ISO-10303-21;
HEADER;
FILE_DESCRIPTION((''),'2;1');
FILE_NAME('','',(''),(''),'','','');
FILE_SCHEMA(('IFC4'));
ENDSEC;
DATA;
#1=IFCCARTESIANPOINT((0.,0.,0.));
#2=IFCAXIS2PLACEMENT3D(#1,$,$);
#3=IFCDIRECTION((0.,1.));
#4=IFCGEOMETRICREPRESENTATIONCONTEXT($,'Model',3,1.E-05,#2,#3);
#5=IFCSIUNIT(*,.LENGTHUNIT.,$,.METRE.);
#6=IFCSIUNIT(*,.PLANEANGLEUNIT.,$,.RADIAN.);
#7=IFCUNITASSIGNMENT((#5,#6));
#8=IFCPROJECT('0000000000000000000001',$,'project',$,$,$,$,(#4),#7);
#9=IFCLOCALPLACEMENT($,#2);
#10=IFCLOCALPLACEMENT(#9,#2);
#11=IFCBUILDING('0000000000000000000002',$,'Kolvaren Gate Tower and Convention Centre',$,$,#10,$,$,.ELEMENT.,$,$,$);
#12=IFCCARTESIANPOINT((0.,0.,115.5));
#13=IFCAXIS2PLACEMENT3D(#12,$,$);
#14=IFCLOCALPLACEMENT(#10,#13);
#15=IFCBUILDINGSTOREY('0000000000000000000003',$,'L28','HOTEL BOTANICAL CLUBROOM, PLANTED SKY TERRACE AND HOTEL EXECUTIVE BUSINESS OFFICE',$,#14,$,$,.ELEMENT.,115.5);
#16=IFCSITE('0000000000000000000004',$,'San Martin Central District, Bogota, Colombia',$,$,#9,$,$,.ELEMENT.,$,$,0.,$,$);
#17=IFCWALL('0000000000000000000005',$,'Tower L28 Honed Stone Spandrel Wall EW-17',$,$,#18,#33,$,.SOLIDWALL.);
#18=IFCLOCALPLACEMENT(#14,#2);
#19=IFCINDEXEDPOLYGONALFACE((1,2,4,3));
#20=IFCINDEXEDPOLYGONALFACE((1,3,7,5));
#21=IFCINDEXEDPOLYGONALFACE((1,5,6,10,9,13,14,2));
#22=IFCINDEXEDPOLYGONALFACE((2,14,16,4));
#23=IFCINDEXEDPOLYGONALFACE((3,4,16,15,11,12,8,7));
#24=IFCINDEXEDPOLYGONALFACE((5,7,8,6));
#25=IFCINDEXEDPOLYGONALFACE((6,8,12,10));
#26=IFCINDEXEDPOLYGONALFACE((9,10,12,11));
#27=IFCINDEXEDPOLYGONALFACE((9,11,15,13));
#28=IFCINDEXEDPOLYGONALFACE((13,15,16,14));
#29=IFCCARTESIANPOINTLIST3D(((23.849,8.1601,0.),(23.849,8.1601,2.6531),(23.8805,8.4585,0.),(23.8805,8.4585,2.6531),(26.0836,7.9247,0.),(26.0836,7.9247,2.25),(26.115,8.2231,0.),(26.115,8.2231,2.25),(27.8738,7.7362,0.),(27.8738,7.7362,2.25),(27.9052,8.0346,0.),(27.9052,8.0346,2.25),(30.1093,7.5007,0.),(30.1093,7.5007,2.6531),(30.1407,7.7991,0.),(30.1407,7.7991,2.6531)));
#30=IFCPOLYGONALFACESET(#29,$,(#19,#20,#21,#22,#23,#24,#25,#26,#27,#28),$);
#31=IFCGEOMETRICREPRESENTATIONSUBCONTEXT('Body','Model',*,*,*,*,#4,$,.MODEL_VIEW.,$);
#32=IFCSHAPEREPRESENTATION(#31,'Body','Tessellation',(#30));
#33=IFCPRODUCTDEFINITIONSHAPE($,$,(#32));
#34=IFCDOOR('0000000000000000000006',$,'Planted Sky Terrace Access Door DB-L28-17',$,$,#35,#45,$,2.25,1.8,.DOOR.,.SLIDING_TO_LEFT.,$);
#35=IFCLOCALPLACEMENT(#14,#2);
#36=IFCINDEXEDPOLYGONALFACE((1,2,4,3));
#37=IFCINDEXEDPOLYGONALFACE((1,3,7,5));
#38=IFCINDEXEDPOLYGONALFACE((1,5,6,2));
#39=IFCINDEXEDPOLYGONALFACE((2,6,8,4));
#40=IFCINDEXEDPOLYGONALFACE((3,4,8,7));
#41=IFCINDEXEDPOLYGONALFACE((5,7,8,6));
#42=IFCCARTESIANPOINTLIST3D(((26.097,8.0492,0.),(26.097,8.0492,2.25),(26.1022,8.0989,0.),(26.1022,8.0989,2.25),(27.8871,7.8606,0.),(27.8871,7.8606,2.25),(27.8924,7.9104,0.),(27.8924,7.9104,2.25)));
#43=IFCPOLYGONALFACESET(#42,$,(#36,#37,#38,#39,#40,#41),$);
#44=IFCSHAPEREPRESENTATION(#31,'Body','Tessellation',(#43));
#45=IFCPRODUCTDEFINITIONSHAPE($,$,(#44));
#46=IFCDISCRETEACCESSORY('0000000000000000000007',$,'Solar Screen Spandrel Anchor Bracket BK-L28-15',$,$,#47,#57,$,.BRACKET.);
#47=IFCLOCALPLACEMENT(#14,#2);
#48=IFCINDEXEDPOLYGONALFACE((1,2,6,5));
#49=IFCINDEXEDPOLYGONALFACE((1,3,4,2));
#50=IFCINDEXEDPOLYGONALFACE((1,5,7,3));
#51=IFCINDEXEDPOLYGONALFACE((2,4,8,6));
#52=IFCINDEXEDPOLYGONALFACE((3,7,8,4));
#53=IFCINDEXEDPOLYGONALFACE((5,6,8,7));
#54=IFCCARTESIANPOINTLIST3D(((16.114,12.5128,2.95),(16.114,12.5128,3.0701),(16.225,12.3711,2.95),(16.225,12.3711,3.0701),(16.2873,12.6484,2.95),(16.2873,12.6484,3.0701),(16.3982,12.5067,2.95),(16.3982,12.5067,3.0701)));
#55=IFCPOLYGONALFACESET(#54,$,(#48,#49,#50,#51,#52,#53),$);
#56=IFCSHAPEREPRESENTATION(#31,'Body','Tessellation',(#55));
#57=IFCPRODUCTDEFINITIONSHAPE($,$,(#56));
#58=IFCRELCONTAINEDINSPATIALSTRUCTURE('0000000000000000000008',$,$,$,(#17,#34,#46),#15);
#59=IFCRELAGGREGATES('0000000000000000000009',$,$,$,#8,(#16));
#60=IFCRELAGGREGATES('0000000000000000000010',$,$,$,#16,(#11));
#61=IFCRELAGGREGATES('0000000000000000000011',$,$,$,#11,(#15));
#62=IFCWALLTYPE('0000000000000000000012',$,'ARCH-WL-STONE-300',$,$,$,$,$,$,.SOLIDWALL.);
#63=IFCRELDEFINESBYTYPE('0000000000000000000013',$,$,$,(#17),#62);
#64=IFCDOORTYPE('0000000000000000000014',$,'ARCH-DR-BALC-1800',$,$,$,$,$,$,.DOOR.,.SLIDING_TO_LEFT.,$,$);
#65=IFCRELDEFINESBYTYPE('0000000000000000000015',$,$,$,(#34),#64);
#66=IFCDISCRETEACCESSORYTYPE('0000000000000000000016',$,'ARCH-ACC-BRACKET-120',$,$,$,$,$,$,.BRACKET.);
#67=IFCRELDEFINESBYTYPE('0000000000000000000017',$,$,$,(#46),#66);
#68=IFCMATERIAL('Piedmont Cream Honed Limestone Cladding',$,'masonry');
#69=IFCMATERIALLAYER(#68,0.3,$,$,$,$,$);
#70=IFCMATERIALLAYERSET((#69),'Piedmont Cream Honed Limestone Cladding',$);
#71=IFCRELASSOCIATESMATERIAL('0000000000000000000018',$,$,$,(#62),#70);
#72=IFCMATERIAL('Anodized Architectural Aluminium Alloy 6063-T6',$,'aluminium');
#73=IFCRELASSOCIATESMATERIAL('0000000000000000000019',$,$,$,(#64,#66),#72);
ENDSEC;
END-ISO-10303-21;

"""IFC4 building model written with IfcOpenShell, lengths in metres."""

from ifc_helpers import new_model, si_unit, direction, frame, frame_2d, origin, origin_2d, place, context, subcontext, project, spatial, rectangle, extrude, material, layer, layer_set, type_object, element, fill, save


model = new_model("IFC4")

# Units and contexts
model_context = context("Model", 3, precision=1e-05, world=origin(), true_north=direction((0.0, 1.0)))
body_context = subcontext(model_context, "Body", "Model", "MODEL_VIEW")
ifc_project = project(units=[si_unit("LENGTHUNIT", "METRE"), si_unit("PLANEANGLEUNIT", "RADIAN")], contexts=[model_context])

# Site, building, storey
site_placement = place(None, origin())
site = spatial("IfcSite", under=ifc_project, at=site_placement, Name="San Martin Central District, Bogota, Colombia", CompositionType="ELEMENT", RefElevation=0.0)
building_placement = place(site_placement, origin())
building = spatial("IfcBuilding", under=site, at=building_placement, Name="Kolvaren Gate Tower and Convention Centre", CompositionType="ELEMENT")
storey_placement = place(building_placement, frame((0.0, 0.0, 115.5)))
storey = spatial("IfcBuildingStorey", under=building, at=storey_placement, Name="L28", Description="HOTEL BOTANICAL CLUBROOM, PLANTED SKY TERRACE AND HOTEL EXECUTIVE BUSINESS OFFICE", CompositionType="ELEMENT", Elevation=115.5)

# Shared definitions
ifc_material_1 = material(Name="Anodized Architectural Aluminium Alloy 6063-T6", Category="aluminium")

# Shared definitions
ifc_material_2 = material(Name="Piedmont Cream Honed Limestone Cladding", Category="masonry")

# Shared definitions
ifc_layer_1 = layer(ifc_material_2, 0.3)
ifc_layer_set_1 = layer_set([ifc_layer_1], Name="Piedmont Cream Honed Limestone Cladding")
wall_type_1 = type_object("IfcWallType", Name="ARCH-WL-STONE-300", PredefinedType="SOLIDWALL", material=ifc_layer_set_1)

# Wall, opening, door
wall_1_placement = place(storey_placement, frame((23.8647, 8.3093, 0.0), z_axis=(0.0, 0.0, 1.0), x_axis=(0.994498, -0.104755, 0.0)))
wall_1 = element("IfcWall", 1, at=wall_1_placement, inside=storey, type_object=wall_type_1, Name="Tower L28 Honed Stone Spandrel Wall EW-17", PredefinedType="SOLIDWALL", context=body_context, shape_type="SweptSolid", body=[
    extrude(rectangle(XDim=6.2949, YDim=0.3, at=frame_2d((3.1475, 0.0))), origin(), (0.0, 0.0, 1.0), 2.6531),
])
opening_1_placement = place(wall_1_placement, frame((2.2471, 0.0, 0.0)))
opening_1 = element("IfcOpeningElement", 2, at=opening_1_placement, cuts=wall_1, PredefinedType="OPENING", context=body_context, shape_type="SweptSolid", body=[
    extrude(rectangle(XDim=1.8, YDim=2.25, at=frame_2d((0.8999, 1.125))), frame((0.0, 0.1599, 0.0), z_axis=(0.0, -1.0, 0.0), x_axis=(1.0, 0.0, 0.0)), (0.0, 0.0, 1.0), 0.3201),
])
door_type = type_object("IfcDoorType", Name="ARCH-DR-BALC-1800", OperationType="SLIDING_TO_LEFT", PredefinedType="DOOR", material=ifc_material_1)
door_placement = place(opening_1_placement, frame((1.8, 0.0, 0.0), z_axis=(0.0, 0.0, 1.0), x_axis=(-1.0, 0.0, 0.0)))
door = element("IfcDoor", 3, at=door_placement, inside=storey, type_object=door_type, Name="Planted Sky Terrace Access Door DB-L28-17", OperationType="SLIDING_TO_LEFT", OverallHeight=2.25, OverallWidth=1.8, PredefinedType="DOOR", context=body_context, shape_type="SweptSolid", body=[
    extrude(rectangle(XDim=1.8, YDim=2.25, at=frame_2d((0.8999, 1.125))), frame((0.0, 0.0249, 0.0), z_axis=(0.0, -1.0, 0.0), x_axis=(1.0, 0.0, 0.0)), (0.0, 0.0, 1.0), 0.05),
])
fill(opening_1, door)

# Discrete accessory
discrete_accessory_type = type_object("IfcDiscreteAccessoryType", Name="ARCH-ACC-BRACKET-120", PredefinedType="BRACKET", material=ifc_material_1)
discrete_accessory_placement = place(storey_placement, frame((16.2561, 12.5098, 2.95), z_axis=(0.0, 0.0, 1.0), x_axis=(0.616424, -0.787414, 0.0)))
element("IfcDiscreteAccessory", 4, at=discrete_accessory_placement, inside=storey, type_object=discrete_accessory_type, Name="Solar Screen Spandrel Anchor Bracket BK-L28-15", PredefinedType="BRACKET", context=body_context, shape_type="SweptSolid", body=[
    extrude(rectangle(XDim=0.1799, YDim=0.22, at=origin_2d()), origin(), (0.0, 0.0, 1.0), 0.1201),
])

save(model, "model.ifc")
